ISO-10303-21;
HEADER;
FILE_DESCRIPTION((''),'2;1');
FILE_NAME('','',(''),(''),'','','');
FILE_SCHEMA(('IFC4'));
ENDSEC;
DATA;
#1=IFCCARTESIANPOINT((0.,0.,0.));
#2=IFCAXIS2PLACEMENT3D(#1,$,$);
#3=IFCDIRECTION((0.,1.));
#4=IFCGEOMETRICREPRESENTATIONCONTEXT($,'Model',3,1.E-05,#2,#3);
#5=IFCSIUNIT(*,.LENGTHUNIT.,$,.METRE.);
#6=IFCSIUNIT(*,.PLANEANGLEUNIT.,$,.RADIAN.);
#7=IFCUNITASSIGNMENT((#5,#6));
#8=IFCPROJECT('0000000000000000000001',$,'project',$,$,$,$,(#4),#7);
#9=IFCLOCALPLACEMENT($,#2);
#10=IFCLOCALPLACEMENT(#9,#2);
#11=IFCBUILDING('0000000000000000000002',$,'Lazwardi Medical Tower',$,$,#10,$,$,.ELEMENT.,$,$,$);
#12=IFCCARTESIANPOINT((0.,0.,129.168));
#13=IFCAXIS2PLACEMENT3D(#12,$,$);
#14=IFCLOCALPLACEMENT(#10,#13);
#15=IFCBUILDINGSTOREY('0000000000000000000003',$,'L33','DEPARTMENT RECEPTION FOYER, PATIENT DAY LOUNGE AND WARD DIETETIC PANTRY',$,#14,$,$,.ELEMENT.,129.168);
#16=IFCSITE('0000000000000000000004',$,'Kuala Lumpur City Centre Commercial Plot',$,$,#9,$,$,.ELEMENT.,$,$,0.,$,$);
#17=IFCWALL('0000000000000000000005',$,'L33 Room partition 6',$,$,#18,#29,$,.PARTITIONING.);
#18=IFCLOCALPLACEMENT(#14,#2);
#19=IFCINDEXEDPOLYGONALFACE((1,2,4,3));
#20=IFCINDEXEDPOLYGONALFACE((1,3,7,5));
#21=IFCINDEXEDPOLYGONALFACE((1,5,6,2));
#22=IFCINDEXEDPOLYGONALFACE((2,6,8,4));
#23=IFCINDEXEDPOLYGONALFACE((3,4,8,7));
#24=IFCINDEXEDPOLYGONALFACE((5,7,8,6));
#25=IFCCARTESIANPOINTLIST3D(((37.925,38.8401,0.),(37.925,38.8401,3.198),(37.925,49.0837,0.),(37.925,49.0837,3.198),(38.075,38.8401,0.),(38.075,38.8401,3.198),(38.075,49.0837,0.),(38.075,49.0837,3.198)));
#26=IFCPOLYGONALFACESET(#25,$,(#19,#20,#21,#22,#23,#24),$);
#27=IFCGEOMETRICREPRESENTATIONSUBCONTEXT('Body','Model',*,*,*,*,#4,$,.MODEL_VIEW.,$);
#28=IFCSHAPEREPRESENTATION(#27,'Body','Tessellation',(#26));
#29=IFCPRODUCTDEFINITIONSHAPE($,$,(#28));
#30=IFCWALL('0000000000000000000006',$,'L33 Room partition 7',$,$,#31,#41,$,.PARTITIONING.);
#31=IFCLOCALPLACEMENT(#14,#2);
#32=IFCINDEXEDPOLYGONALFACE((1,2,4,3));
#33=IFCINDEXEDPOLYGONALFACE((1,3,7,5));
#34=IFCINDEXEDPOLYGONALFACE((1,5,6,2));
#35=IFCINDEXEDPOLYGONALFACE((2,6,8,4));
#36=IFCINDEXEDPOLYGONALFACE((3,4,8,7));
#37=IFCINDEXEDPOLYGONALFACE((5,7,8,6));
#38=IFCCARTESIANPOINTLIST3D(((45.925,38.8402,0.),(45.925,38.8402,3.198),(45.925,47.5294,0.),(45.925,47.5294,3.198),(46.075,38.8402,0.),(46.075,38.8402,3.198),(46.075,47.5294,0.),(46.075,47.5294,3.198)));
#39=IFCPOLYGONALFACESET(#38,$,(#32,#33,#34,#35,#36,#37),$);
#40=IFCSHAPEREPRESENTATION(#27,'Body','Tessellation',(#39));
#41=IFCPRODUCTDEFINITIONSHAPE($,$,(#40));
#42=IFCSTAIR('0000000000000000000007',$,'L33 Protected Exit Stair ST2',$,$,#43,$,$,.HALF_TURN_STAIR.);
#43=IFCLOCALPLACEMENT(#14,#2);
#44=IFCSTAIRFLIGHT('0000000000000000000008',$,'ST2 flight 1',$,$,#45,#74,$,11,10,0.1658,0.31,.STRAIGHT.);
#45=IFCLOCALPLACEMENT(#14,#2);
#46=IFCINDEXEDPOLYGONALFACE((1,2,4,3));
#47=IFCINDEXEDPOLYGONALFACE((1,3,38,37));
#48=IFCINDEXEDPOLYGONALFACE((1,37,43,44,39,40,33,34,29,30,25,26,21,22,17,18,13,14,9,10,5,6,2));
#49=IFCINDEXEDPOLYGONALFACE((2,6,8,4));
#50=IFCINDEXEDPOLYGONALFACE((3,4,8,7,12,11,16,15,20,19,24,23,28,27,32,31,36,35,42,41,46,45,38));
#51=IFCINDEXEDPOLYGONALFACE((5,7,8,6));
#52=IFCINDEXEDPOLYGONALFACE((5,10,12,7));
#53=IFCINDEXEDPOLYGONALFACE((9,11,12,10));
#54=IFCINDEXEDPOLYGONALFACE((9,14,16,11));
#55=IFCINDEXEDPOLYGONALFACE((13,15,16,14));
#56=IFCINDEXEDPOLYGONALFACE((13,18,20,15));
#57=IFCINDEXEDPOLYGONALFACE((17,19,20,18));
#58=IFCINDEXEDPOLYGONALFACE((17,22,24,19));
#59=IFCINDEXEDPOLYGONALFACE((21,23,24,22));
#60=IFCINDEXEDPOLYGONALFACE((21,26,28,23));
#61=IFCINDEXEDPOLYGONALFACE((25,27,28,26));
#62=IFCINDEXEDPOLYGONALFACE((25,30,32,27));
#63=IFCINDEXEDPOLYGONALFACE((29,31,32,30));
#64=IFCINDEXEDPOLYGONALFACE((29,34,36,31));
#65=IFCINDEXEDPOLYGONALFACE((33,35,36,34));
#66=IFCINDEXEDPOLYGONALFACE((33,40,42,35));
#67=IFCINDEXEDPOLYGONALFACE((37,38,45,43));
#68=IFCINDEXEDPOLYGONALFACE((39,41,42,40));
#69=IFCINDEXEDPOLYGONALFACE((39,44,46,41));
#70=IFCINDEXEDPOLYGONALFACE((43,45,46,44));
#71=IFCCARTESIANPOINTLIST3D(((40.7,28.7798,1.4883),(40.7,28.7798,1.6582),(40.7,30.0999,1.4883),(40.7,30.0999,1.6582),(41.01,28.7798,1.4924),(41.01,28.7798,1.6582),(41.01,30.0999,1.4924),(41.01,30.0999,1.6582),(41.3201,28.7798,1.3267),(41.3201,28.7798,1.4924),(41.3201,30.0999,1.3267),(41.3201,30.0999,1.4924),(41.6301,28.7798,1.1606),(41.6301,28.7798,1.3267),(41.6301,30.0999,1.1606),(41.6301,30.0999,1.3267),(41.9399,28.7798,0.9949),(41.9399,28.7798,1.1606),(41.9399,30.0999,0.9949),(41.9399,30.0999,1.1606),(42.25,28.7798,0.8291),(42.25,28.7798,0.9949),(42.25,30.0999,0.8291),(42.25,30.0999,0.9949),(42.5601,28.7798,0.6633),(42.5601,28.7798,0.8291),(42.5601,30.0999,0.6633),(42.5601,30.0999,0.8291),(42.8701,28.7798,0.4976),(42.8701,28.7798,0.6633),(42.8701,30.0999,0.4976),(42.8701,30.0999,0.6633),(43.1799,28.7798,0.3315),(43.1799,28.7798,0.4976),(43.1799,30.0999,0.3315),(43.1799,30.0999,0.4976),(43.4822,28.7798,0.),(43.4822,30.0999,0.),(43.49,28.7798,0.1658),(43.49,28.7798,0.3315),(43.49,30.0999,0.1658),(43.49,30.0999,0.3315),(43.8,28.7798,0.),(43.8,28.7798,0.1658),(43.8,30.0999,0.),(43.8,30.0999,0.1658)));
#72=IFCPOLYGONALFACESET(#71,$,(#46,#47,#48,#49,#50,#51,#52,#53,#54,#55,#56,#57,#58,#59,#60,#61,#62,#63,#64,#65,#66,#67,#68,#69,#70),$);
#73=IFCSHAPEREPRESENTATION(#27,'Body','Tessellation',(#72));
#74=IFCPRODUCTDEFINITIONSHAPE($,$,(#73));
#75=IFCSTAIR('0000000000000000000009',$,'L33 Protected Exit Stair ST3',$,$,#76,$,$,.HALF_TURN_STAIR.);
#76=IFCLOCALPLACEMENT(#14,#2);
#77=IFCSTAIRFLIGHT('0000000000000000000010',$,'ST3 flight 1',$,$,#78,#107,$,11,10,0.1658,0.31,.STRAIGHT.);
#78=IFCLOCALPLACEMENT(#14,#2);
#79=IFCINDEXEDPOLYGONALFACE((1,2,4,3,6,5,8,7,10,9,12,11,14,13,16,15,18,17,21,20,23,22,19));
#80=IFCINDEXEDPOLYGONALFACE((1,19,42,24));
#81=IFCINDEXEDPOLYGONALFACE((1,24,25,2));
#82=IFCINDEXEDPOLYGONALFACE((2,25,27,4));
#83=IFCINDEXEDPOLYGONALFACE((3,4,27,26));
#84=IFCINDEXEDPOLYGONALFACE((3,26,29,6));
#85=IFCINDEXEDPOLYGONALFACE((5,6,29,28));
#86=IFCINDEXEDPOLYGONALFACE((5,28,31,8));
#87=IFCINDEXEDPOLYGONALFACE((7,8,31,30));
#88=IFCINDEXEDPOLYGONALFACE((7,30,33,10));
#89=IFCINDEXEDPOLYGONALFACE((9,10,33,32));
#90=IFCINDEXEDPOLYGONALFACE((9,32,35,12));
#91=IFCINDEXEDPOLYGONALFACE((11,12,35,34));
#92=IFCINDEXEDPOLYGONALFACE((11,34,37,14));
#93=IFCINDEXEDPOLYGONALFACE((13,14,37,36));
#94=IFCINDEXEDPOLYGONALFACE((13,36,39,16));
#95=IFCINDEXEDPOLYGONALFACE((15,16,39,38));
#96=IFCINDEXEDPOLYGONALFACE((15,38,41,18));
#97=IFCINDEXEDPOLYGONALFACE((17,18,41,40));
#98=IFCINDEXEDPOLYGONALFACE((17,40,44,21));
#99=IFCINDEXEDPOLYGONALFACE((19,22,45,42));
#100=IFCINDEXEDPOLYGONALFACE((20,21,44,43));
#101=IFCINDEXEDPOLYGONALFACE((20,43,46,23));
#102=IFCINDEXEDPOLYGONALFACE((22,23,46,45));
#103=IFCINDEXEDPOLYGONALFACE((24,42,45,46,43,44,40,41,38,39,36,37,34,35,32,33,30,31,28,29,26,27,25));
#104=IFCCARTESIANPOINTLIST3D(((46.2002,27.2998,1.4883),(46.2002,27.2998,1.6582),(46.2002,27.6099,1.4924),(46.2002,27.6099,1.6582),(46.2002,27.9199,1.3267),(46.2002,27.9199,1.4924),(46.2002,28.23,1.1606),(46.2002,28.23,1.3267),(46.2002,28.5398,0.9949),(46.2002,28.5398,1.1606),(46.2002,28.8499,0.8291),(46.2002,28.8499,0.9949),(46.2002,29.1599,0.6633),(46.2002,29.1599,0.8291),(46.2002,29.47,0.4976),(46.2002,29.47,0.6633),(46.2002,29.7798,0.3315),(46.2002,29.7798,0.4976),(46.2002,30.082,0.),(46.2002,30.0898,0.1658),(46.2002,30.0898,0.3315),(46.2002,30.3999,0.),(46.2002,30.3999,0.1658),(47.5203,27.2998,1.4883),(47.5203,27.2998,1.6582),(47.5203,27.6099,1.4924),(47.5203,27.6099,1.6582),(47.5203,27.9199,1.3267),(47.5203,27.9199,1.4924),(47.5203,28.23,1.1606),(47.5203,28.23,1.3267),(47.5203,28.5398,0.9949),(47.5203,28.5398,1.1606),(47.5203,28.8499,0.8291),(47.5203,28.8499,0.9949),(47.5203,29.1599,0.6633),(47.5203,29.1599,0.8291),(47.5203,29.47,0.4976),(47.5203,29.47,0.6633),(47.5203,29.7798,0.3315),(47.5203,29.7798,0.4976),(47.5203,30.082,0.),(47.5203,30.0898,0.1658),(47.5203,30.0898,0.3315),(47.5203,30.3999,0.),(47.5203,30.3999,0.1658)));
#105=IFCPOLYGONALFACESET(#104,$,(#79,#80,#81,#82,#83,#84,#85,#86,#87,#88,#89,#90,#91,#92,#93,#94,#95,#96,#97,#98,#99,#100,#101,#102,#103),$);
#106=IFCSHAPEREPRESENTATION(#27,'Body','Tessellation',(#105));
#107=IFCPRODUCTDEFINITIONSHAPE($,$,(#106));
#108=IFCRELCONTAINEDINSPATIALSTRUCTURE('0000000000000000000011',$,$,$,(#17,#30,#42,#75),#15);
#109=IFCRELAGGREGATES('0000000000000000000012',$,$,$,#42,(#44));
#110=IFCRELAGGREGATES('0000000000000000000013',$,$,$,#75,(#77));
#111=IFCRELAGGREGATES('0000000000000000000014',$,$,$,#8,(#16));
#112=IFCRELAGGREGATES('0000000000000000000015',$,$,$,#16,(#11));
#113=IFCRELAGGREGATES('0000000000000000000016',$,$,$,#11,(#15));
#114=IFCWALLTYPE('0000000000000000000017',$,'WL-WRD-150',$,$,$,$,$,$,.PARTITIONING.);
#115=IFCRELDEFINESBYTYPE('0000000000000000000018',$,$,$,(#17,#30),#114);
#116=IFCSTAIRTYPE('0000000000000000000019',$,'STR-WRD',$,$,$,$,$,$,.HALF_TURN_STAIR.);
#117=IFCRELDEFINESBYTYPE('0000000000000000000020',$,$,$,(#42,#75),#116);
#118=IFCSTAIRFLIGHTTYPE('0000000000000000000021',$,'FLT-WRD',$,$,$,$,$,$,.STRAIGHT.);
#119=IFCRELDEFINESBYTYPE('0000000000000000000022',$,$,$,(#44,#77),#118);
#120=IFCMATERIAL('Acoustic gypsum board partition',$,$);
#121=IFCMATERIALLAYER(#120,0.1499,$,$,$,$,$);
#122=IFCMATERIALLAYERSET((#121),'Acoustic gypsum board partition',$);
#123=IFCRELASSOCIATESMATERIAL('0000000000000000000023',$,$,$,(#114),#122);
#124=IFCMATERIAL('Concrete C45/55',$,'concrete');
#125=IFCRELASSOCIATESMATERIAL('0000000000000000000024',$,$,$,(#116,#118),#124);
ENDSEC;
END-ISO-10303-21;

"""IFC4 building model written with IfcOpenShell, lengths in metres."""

from ifc_helpers import new_model, si_unit, direction, frame, frame_2d, origin, place, context, subcontext, project, spatial, polyline, rectangle, outline, extrude, material, layer, layer_set, type_object, element, aggregate, save


model = new_model("IFC4")

# Units and contexts
model_context = context("Model", 3, precision=1e-05, world=origin(), true_north=direction((0.0, 1.0)))
body_context = subcontext(model_context, "Body", "Model", "MODEL_VIEW")
ifc_project = project(units=[si_unit("LENGTHUNIT", "METRE"), si_unit("PLANEANGLEUNIT", "RADIAN")], contexts=[model_context])

# Site, building, storey
site_placement = place(None, origin())
site = spatial("IfcSite", under=ifc_project, at=site_placement, Name="Kuala Lumpur City Centre Commercial Plot", CompositionType="ELEMENT", RefElevation=0.0)
building_placement = place(site_placement, origin())
building = spatial("IfcBuilding", under=site, at=building_placement, Name="Lazwardi Medical Tower", CompositionType="ELEMENT")
storey_placement = place(building_placement, frame((0.0, 0.0, 129.168)))
storey = spatial("IfcBuildingStorey", under=building, at=storey_placement, Name="L33", Description="DEPARTMENT RECEPTION FOYER, PATIENT DAY LOUNGE AND WARD DIETETIC PANTRY", CompositionType="ELEMENT", Elevation=129.168)

# Walls
ifc_material_1 = material(Name="Acoustic gypsum board partition")
ifc_layer_1 = layer(ifc_material_1, 0.1499)
ifc_layer_set_1 = layer_set([ifc_layer_1], Name="Acoustic gypsum board partition")
wall_type_1 = type_object("IfcWallType", Name="WL-WRD-150", PredefinedType="PARTITIONING", material=ifc_layer_set_1)
wall_1_placement = place(storey_placement, frame((38.0, 38.8401, 0.0), z_axis=(0.0, 0.0, 1.0), x_axis=(0.0, 1.0, 0.0)))
element("IfcWall", 1, at=wall_1_placement, inside=storey, type_object=wall_type_1, Name="L33 Room partition 6", PredefinedType="PARTITIONING", context=body_context, shape_type="SweptSolid", body=[
    extrude(rectangle(XDim=10.2437, YDim=0.1499, at=frame_2d((5.1218, 0.0))), origin(), (0.0, 0.0, 1.0), 3.198),
])
wall_2_placement = place(storey_placement, frame((46.0, 38.8401, 0.0), z_axis=(0.0, 0.0, 1.0), x_axis=(0.0, 1.0, 0.0)))
element("IfcWall", 2, at=wall_2_placement, inside=storey, type_object=wall_type_1, Name="L33 Room partition 7", PredefinedType="PARTITIONING", context=body_context, shape_type="SweptSolid", body=[
    extrude(rectangle(XDim=8.6892, YDim=0.1499, at=frame_2d((4.3447, 0.0))), origin(), (0.0, 0.0, 1.0), 3.198),
])

# Stairs, stair flights
ifc_material_2 = material(Name="Concrete C45/55", Category="concrete")
stair_type = type_object("IfcStairType", Name="STR-WRD", PredefinedType="HALF_TURN_STAIR", material=ifc_material_2)
stair_1_placement = place(storey_placement, origin())
stair_1 = element("IfcStair", 3, at=stair_1_placement, inside=storey, type_object=stair_type, Name="L33 Protected Exit Stair ST2", PredefinedType="HALF_TURN_STAIR")
stair_flight_type = type_object("IfcStairFlightType", Name="FLT-WRD", PredefinedType="STRAIGHT", material=ifc_material_2)
stair_flight_1_placement = place(storey_placement, frame((43.8, 29.4399, 0.0), z_axis=(0.0, 0.0, 1.0), x_axis=(-1.0, 0.0, 0.0)))
stair_flight_1 = element("IfcStairFlight", 4, at=stair_flight_1_placement, type_object=stair_flight_type, Name="ST2 flight 1", NumberOfRisers=11, NumberOfTreads=10, PredefinedType="STRAIGHT", RiserHeight=0.1658, TreadLength=0.31, context=body_context, shape_type="SweptSolid", body=[
    extrude(outline(polyline([(0.0, 0.0), (0.0, 0.1658), (0.3101, 0.1658), (0.3101, 0.3315), (0.6201, 0.3315), (0.6201, 0.4976), (0.9299, 0.4976), (0.9299, 0.6633), (1.24, 0.6633), (1.24, 0.8291), (1.55, 0.8291), (1.55, 0.9949), (1.8601, 0.9949), (1.8601, 1.1606), (2.1699, 1.1606), (2.1699, 1.3267), (2.48, 1.3267), (2.48, 1.4924), (2.79, 1.4924), (2.79, 1.6582), (3.1001, 1.6582), (3.1001, 1.824), (3.1001, 1.4883), (0.3179, 0.0), (0.0, 0.0)])), frame((0.0, 0.6602, 0.0), z_axis=(0.0, -1.0, 0.0), x_axis=(1.0, 0.0, 0.0)), (0.0, 0.0, 1.0), 1.3201),
])
aggregate(stair_1, [stair_flight_1])
stair_2_placement = place(storey_placement, origin())
stair_2 = element("IfcStair", 5, at=stair_2_placement, inside=storey, type_object=stair_type, Name="L33 Protected Exit Stair ST3", PredefinedType="HALF_TURN_STAIR")
stair_flight_2_placement = place(storey_placement, frame((46.8601, 30.3999, 0.0), z_axis=(0.0, 0.0, 1.0), x_axis=(0.0, -1.0, 0.0)))
stair_flight_2 = element("IfcStairFlight", 6, at=stair_flight_2_placement, type_object=stair_flight_type, Name="ST3 flight 1", NumberOfRisers=11, NumberOfTreads=10, PredefinedType="STRAIGHT", RiserHeight=0.1658, TreadLength=0.31, context=body_context, shape_type="SweptSolid", body=[
    extrude(outline(polyline([(0.0, 0.0), (0.0, 0.1658), (0.3101, 0.1658), (0.3101, 0.3315), (0.6201, 0.3315), (0.6201, 0.4976), (0.9299, 0.4976), (0.9299, 0.6633), (1.24, 0.6633), (1.24, 0.8291), (1.55, 0.8291), (1.55, 0.9949), (1.8601, 0.9949), (1.8601, 1.1606), (2.1699, 1.1606), (2.1699, 1.3267), (2.48, 1.3267), (2.48, 1.4924), (2.79, 1.4924), (2.79, 1.6582), (3.1001, 1.6582), (3.1001, 1.824), (3.1001, 1.4883), (0.3179, 0.0), (0.0, 0.0)])), frame((0.0, 0.6602, 0.0), z_axis=(0.0, -1.0, 0.0), x_axis=(1.0, 0.0, 0.0)), (0.0, 0.0, 1.0), 1.3201),
])
aggregate(stair_2, [stair_flight_2])

save(model, "model.ifc")
